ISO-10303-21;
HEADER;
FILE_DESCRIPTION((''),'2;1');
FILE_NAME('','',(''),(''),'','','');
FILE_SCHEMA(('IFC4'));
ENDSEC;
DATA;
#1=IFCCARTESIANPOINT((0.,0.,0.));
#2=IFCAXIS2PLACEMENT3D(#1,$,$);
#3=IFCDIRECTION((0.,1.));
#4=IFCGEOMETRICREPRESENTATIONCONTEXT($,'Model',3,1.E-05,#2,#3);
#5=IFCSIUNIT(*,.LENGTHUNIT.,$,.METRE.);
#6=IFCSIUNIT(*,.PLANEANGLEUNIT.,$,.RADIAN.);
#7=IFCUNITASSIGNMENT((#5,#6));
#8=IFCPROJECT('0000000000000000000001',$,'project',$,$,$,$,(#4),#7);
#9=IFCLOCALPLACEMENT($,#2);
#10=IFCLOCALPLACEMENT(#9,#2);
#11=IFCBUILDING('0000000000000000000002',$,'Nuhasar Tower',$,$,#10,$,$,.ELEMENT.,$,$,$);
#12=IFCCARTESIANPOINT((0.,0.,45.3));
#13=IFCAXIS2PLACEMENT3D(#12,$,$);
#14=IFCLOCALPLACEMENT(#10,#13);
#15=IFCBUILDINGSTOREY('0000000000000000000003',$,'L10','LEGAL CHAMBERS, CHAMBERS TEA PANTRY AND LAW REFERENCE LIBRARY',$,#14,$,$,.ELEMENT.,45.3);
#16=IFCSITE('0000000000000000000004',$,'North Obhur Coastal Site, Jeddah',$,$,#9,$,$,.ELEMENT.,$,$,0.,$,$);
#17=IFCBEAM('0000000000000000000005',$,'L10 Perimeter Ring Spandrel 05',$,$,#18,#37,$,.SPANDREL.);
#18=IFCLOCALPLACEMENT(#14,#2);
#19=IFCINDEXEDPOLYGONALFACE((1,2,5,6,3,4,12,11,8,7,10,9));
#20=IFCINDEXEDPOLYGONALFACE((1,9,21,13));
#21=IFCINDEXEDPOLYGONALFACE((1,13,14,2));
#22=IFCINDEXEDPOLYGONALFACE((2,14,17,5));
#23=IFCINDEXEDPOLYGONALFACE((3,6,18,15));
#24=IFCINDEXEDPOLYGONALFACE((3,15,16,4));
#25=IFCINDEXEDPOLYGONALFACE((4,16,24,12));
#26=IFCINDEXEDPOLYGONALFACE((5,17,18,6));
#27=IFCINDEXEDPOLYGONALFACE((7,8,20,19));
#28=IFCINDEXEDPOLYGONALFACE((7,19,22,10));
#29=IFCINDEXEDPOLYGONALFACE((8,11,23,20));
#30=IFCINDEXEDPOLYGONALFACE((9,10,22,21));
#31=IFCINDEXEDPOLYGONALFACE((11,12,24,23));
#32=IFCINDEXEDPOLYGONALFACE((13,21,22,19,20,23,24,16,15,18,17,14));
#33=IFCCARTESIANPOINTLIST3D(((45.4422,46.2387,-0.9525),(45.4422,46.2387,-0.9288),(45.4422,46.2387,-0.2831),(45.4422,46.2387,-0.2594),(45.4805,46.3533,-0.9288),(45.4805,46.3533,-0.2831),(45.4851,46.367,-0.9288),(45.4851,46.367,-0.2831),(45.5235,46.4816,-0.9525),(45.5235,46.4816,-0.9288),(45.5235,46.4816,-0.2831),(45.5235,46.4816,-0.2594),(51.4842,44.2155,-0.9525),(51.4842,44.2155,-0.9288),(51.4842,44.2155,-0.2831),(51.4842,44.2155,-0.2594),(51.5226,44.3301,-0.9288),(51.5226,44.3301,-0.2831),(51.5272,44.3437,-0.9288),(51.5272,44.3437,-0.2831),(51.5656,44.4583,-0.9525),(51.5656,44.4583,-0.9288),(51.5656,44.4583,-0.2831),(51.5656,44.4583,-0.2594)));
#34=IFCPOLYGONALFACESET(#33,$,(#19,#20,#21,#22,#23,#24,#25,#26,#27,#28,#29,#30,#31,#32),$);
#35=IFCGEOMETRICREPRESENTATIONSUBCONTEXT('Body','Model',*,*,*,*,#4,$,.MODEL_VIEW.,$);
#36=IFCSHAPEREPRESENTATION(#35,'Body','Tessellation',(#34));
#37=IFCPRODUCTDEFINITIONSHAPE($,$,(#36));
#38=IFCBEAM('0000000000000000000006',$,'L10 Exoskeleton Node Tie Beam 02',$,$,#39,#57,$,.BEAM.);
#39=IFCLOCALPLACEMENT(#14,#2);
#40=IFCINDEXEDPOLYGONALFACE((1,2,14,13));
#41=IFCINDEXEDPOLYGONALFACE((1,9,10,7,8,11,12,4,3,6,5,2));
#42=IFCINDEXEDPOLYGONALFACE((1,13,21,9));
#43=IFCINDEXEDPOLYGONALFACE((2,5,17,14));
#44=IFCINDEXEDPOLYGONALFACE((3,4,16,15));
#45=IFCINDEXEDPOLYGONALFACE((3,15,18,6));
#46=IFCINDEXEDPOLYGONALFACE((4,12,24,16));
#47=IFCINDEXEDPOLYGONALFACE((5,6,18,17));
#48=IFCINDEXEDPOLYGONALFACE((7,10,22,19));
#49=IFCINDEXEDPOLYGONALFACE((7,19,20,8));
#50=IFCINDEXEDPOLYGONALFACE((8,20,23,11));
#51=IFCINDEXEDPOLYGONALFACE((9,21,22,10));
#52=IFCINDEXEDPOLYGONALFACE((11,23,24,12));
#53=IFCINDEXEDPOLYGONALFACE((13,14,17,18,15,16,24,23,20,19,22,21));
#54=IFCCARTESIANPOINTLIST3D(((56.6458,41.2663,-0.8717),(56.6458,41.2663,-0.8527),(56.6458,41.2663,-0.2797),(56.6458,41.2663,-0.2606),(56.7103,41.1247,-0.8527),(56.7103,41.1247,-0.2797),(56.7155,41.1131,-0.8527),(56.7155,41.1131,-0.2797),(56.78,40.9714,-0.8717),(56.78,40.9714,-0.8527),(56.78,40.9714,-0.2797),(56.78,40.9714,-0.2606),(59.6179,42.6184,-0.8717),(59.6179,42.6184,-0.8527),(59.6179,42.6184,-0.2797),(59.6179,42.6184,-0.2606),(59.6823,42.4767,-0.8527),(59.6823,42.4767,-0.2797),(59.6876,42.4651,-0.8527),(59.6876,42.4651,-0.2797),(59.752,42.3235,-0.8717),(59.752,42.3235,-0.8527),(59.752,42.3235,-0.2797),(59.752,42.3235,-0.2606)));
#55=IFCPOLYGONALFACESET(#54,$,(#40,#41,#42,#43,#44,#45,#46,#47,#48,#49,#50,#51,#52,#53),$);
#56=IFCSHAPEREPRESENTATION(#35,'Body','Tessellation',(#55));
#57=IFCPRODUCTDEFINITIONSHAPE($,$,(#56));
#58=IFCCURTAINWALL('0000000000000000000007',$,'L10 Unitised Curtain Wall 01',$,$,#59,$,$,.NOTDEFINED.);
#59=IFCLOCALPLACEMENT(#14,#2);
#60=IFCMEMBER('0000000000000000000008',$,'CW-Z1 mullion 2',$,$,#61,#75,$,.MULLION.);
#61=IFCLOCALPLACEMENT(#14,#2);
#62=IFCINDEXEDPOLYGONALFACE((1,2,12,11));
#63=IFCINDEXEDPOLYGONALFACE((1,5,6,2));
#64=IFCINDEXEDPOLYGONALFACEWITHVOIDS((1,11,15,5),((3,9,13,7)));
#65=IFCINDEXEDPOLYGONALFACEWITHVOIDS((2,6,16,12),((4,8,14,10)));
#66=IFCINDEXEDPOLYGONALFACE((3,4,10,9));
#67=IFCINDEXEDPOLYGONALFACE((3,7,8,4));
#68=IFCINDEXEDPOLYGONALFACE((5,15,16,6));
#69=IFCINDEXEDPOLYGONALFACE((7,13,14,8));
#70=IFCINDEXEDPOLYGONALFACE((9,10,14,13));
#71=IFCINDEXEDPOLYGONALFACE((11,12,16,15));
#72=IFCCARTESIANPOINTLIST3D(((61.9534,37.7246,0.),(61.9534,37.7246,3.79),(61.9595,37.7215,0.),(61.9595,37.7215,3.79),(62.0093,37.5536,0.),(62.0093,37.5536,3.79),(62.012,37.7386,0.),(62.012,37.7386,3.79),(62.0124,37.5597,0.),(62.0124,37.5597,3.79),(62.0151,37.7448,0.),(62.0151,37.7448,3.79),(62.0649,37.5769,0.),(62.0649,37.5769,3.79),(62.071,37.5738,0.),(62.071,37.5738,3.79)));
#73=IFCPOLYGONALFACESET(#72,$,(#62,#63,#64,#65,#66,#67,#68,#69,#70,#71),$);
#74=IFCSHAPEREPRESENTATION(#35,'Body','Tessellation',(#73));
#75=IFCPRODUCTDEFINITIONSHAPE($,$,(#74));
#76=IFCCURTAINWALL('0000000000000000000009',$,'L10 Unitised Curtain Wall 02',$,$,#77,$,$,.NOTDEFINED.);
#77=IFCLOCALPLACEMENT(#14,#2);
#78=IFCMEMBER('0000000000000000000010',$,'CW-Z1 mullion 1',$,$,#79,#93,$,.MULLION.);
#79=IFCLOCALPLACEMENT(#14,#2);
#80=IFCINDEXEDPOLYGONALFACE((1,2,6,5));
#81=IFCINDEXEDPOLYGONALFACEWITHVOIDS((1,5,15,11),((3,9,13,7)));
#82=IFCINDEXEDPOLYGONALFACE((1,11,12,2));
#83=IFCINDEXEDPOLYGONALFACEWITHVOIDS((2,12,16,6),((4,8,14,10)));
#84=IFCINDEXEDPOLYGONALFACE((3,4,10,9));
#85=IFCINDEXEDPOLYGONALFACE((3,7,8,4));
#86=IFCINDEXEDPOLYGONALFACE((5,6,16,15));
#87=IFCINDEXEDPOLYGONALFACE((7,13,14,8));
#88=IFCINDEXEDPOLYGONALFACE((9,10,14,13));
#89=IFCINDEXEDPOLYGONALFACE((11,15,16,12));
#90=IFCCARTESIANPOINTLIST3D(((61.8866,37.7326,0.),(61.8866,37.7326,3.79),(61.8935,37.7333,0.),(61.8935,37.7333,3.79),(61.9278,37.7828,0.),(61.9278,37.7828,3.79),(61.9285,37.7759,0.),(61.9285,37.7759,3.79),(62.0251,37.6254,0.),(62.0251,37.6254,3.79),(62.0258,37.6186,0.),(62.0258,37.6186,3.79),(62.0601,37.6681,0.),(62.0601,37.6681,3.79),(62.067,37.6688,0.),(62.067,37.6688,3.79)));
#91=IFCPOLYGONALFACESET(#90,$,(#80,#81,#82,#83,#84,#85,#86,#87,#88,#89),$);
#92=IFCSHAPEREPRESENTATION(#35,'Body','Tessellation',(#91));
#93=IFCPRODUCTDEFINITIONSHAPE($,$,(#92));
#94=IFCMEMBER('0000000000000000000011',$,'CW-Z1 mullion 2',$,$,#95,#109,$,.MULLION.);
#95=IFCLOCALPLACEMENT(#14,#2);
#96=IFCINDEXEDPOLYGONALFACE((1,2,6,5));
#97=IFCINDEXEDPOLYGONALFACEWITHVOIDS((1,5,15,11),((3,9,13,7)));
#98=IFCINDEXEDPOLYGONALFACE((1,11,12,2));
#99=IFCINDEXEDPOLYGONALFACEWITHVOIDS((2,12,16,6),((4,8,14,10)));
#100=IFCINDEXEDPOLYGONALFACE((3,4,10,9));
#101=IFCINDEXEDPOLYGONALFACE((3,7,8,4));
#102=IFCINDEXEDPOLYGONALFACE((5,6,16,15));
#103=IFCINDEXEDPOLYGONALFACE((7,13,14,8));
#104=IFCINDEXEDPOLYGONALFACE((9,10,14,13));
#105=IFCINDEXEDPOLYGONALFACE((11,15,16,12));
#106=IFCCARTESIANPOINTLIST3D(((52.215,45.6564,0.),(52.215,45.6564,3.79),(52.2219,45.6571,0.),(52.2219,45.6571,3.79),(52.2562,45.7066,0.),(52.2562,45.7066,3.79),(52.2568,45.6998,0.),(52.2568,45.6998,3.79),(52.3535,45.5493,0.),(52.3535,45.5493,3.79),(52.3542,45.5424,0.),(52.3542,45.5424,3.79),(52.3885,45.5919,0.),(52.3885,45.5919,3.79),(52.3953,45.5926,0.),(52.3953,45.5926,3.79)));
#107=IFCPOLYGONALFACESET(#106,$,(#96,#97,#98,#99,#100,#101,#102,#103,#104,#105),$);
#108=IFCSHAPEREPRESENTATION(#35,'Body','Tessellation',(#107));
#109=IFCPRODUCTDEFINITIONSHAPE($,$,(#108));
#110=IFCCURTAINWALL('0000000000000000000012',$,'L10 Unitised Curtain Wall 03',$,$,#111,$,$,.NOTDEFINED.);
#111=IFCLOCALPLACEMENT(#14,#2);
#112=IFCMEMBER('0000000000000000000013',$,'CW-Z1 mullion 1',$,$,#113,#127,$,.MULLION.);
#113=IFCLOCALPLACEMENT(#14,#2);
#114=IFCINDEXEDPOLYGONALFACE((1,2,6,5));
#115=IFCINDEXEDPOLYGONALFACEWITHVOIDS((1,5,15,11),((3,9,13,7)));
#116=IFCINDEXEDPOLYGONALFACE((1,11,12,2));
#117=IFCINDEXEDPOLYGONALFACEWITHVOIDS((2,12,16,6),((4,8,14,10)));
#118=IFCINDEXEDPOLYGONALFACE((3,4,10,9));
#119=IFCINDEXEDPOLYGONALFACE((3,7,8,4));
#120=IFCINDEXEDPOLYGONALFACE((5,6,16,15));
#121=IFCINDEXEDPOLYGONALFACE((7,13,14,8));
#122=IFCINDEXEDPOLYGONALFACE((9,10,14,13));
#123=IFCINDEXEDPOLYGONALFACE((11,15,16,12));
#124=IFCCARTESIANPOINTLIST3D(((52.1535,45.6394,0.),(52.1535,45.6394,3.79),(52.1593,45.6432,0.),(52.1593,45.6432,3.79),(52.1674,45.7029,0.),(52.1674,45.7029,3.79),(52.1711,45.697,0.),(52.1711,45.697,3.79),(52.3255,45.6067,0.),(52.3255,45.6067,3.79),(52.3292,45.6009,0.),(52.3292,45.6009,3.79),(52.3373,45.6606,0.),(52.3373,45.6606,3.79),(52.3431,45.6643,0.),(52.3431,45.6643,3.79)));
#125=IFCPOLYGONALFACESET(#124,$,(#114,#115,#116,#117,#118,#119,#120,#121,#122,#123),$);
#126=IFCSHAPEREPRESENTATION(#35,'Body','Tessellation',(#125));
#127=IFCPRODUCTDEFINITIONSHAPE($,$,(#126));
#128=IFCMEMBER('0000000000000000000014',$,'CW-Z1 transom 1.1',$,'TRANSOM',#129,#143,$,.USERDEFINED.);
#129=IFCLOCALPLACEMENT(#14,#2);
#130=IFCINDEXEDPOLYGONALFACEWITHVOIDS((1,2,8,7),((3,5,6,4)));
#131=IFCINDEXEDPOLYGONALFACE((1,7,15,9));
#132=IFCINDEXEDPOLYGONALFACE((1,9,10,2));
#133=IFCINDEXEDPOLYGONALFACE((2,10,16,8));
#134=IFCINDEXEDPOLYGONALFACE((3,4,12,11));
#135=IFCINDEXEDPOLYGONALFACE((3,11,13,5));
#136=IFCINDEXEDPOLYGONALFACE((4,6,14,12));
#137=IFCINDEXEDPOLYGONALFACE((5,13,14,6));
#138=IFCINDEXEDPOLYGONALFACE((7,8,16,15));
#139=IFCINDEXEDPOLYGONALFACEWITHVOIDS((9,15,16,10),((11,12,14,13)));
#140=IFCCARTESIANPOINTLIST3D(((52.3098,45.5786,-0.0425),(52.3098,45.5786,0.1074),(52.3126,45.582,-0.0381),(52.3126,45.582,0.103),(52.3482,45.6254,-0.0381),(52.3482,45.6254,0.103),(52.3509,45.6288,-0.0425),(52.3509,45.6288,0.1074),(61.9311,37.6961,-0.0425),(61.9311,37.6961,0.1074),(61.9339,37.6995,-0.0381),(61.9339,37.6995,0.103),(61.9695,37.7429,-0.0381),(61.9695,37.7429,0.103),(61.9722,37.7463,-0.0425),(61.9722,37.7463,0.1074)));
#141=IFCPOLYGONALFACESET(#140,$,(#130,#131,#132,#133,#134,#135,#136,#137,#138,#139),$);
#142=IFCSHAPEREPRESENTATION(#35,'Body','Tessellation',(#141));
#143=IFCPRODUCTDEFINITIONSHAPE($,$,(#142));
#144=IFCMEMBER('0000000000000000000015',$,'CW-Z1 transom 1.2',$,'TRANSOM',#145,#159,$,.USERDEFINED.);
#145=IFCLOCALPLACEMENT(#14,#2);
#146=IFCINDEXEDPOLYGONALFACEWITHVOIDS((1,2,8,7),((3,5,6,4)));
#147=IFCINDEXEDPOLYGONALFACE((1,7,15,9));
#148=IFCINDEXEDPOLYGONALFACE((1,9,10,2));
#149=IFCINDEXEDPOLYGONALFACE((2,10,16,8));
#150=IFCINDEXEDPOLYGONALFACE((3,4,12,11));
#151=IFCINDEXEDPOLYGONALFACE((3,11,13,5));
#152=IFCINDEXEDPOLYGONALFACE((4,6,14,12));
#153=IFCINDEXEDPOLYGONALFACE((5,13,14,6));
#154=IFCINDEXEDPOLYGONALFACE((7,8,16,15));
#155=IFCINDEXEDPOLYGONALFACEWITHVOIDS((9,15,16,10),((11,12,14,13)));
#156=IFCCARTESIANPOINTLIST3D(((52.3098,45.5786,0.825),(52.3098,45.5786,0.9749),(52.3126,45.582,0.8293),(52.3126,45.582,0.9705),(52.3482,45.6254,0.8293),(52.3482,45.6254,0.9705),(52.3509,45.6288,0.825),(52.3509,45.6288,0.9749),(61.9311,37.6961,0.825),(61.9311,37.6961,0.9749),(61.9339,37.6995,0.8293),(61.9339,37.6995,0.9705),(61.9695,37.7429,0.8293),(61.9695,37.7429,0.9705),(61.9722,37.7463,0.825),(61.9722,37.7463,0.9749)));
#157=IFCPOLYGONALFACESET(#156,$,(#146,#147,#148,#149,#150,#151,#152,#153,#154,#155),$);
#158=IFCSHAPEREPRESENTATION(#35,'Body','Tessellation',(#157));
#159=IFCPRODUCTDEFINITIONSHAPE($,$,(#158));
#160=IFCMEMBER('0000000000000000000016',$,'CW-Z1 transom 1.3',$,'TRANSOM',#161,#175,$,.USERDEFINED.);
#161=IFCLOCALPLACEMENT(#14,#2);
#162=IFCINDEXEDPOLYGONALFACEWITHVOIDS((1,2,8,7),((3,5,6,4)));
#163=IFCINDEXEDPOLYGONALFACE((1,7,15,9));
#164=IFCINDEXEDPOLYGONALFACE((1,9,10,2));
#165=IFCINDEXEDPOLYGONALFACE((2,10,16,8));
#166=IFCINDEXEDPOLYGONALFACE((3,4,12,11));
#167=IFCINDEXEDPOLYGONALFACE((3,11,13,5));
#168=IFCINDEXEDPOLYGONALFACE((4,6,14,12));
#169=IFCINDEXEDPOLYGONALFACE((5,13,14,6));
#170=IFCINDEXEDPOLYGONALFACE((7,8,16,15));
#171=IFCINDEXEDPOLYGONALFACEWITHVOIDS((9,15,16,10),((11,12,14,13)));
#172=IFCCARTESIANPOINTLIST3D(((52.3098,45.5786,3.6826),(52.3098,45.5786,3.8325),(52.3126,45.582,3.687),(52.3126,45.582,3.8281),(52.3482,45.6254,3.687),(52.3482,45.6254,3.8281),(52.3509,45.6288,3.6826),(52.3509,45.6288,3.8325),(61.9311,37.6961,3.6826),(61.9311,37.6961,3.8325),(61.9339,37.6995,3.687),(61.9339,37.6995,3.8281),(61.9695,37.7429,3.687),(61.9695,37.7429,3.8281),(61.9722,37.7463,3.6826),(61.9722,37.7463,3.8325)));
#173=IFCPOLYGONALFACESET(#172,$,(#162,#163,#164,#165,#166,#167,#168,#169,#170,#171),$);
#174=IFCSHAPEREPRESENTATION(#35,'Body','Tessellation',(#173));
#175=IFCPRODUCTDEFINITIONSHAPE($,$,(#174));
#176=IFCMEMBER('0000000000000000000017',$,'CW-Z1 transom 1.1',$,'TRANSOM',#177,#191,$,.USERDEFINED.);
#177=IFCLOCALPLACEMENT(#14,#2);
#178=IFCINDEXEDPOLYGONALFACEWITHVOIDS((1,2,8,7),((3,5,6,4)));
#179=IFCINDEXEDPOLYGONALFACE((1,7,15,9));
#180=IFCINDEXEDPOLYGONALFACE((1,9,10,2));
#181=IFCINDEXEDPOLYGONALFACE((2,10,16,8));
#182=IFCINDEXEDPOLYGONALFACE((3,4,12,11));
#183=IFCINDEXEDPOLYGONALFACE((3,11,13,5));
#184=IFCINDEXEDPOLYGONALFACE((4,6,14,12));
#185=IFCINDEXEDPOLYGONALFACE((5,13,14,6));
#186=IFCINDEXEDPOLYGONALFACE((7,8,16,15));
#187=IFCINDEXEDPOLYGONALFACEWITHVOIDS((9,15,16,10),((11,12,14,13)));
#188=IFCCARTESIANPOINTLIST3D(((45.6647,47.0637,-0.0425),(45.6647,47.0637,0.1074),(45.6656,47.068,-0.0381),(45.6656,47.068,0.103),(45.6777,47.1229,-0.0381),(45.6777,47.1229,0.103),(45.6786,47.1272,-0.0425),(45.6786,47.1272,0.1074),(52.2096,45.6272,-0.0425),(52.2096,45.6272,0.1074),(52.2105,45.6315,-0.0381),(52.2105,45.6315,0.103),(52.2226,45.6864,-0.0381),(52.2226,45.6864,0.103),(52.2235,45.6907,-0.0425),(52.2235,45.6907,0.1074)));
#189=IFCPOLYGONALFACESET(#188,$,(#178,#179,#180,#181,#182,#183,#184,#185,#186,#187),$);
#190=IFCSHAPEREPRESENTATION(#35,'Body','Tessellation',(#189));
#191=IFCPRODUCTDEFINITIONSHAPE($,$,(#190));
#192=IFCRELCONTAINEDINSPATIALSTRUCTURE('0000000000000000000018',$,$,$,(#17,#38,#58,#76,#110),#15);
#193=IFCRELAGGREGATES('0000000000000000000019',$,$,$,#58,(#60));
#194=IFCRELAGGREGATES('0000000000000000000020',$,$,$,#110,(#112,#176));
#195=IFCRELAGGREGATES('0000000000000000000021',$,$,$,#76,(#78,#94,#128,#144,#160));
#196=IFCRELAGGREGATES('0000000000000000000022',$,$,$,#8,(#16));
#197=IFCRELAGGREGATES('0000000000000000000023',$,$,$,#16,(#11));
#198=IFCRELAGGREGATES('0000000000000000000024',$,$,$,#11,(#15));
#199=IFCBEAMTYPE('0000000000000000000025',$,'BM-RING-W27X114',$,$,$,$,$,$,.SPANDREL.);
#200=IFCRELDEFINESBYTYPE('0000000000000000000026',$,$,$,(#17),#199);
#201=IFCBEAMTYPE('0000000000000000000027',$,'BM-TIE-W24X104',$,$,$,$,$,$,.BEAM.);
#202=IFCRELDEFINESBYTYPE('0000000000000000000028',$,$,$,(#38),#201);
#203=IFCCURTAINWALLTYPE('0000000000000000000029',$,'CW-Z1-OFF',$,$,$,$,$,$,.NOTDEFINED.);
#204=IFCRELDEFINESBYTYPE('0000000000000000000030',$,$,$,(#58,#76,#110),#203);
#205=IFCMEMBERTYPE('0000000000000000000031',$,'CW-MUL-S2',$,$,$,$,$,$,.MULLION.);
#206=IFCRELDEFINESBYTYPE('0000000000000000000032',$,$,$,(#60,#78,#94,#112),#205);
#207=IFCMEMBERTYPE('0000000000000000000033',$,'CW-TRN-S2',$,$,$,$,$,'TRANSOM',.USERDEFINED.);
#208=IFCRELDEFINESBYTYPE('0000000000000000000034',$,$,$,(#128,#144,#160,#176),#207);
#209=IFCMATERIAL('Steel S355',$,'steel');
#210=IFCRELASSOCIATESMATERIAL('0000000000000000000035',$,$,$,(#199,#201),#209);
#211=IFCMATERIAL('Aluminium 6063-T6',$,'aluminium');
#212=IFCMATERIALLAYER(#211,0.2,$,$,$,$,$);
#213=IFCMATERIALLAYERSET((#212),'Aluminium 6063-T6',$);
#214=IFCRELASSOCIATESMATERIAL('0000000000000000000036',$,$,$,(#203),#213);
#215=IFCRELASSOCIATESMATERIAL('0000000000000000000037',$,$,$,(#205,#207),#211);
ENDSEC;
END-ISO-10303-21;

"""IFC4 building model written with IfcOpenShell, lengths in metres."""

from ifc_helpers import new_model, si_unit, direction, frame, origin, origin_2d, place, context, subcontext, project, spatial, hollow_rectangle, i_section, extrude, material, layer, layer_set, material_profile, profile_set, type_object, element, aggregate, save


model = new_model("IFC4")

# Units and contexts
model_context = context("Model", 3, precision=1e-05, world=origin(), true_north=direction((0.0, 1.0)))
body_context = subcontext(model_context, "Body", "Model", "MODEL_VIEW")
ifc_project = project(units=[si_unit("LENGTHUNIT", "METRE"), si_unit("PLANEANGLEUNIT", "RADIAN")], contexts=[model_context])

# Site, building, storey
site_placement = place(None, origin())
site = spatial("IfcSite", under=ifc_project, at=site_placement, Name="North Obhur Coastal Site, Jeddah", CompositionType="ELEMENT", RefElevation=0.0)
building_placement = place(site_placement, origin())
building = spatial("IfcBuilding", under=site, at=building_placement, Name="Nuhasar Tower", CompositionType="ELEMENT")
storey_placement = place(building_placement, frame((0.0, 0.0, 45.3)))
storey = spatial("IfcBuildingStorey", under=building, at=storey_placement, Name="L10", Description="LEGAL CHAMBERS, CHAMBERS TEA PANTRY AND LAW REFERENCE LIBRARY", CompositionType="ELEMENT", Elevation=45.3)

# Beams
ifc_material_1 = material(Name="Steel S355", Category="steel")
ifc_material_profile_1 = material_profile(ifc_material_1, i_section(OverallWidth=0.2561, OverallDepth=0.6931, WebThickness=0.0144, FlangeThickness=0.0237, at=origin_2d()), Name="W27X114")
ifc_profile_set_1 = profile_set([ifc_material_profile_1], Name="Steel S355")
beam_type_1 = type_object("IfcBeamType", Name="BM-RING-W27X114", PredefinedType="SPANDREL", material=ifc_profile_set_1)
beam_1_placement = place(storey_placement, frame((51.5249, 44.3369, -0.606), z_axis=(-0.948249, 0.317526, 0.0), x_axis=(-0.317526, -0.948249, 0.0)))
element("IfcBeam", 1, at=beam_1_placement, inside=storey, type_object=beam_type_1, Name="L10 Perimeter Ring Spandrel 05", PredefinedType="SPANDREL", context=body_context, shape_type="SweptSolid", body=[
    extrude(i_section(OverallWidth=0.2561, OverallDepth=0.6931, WebThickness=0.0144, FlangeThickness=0.0237, at=origin_2d()), origin(), (0.0, 0.0, 1.0), 6.3718),
])
ifc_material_profile_2 = material_profile(ifc_material_1, i_section(OverallWidth=0.324, OverallDepth=0.6111, WebThickness=0.0127, FlangeThickness=0.019, at=origin_2d()), Name="W24X104")
ifc_profile_set_2 = profile_set([ifc_material_profile_2], Name="Steel S355")
beam_type_2 = type_object("IfcBeamType", Name="BM-TIE-W24X104", PredefinedType="BEAM", material=ifc_profile_set_2)
beam_2_placement = place(storey_placement, frame((56.7129, 41.1189, -0.5662), z_axis=(0.910244, 0.414073, 0.0), x_axis=(-0.414073, 0.910244, 0.0)))
element("IfcBeam", 2, at=beam_2_placement, inside=storey, type_object=beam_type_2, Name="L10 Exoskeleton Node Tie Beam 02", PredefinedType="BEAM", context=body_context, shape_type="SweptSolid", body=[
    extrude(i_section(OverallWidth=0.324, OverallDepth=0.6111, WebThickness=0.0127, FlangeThickness=0.019, at=origin_2d()), origin(), (0.0, 0.0, 1.0), 3.2651),
])

# Curtain wall, member
ifc_material_2 = material(Name="Aluminium 6063-T6", Category="aluminium")
ifc_layer_1 = layer(ifc_material_2, 0.2)
ifc_layer_set_1 = layer_set([ifc_layer_1], Name="Aluminium 6063-T6")
curtain_wall_type = type_object("IfcCurtainWallType", Name="CW-Z1-OFF", PredefinedType="NOTDEFINED", material=ifc_layer_set_1)
curtain_wall_1_placement = place(storey_placement, origin())
curtain_wall_1 = element("IfcCurtainWall", 3, at=curtain_wall_1_placement, inside=storey, type_object=curtain_wall_type, Name="L10 Unitised Curtain Wall 01", PredefinedType="NOTDEFINED")
ifc_material_profile_3 = material_profile(ifc_material_2, hollow_rectangle(XDim=0.0649, YDim=0.1799, WallThickness=0.0049, at=origin_2d()), Name="CWM-2")
ifc_profile_set_3 = profile_set([ifc_material_profile_3], Name="Aluminium 6063-T6")
member_type_1 = type_object("IfcMemberType", Name="CW-MUL-S2", PredefinedType="MULLION", material=ifc_profile_set_3)
member_1_placement = place(storey_placement, frame((62.0122, 37.6492, 0.0), z_axis=(0.0, 0.0, 1.0), x_axis=(-0.950468, -0.310824, 0.0)))
member_1 = element("IfcMember", 4, at=member_1_placement, type_object=member_type_1, Name="CW-Z1 mullion 2", PredefinedType="MULLION", context=body_context, shape_type="SweptSolid", body=[
    extrude(hollow_rectangle(XDim=0.0649, YDim=0.1799, WallThickness=0.0049, at=origin_2d()), origin(), (0.0, 0.0, 1.0), 3.79),
])
aggregate(curtain_wall_1, [member_1])

# Curtain wall, members
curtain_wall_2_placement = place(storey_placement, origin())
curtain_wall_2 = element("IfcCurtainWall", 5, at=curtain_wall_2_placement, inside=storey, type_object=curtain_wall_type, Name="L10 Unitised Curtain Wall 02", PredefinedType="NOTDEFINED")
member_2_placement = place(storey_placement, frame((61.9768, 37.7007, 0.0), z_axis=(0.0, 0.0, 1.0), x_axis=(-0.633745, -0.773542, 0.0)))
member_2 = element("IfcMember", 6, at=member_2_placement, type_object=member_type_1, Name="CW-Z1 mullion 1", PredefinedType="MULLION", context=body_context, shape_type="SweptSolid", body=[
    extrude(hollow_rectangle(XDim=0.0649, YDim=0.1799, WallThickness=0.0049, at=origin_2d()), origin(), (0.0, 0.0, 1.0), 3.79),
])
member_3_placement = place(storey_placement, frame((52.3052, 45.6245, 0.0), z_axis=(0.0, 0.0, 1.0), x_axis=(-0.633745, -0.773542, 0.0)))
member_3 = element("IfcMember", 7, at=member_3_placement, type_object=member_type_1, Name="CW-Z1 mullion 2", PredefinedType="MULLION", context=body_context, shape_type="SweptSolid", body=[
    extrude(hollow_rectangle(XDim=0.0649, YDim=0.1799, WallThickness=0.0049, at=origin_2d()), origin(), (0.0, 0.0, 1.0), 3.79),
])

# Curtain wall, member
curtain_wall_3_placement = place(storey_placement, origin())
curtain_wall_3 = element("IfcCurtainWall", 8, at=curtain_wall_3_placement, inside=storey, type_object=curtain_wall_type, Name="L10 Unitised Curtain Wall 03", PredefinedType="NOTDEFINED")
member_4_placement = place(storey_placement, frame((52.2483, 45.6519, 0.0), z_axis=(0.0, 0.0, 1.0), x_axis=(-0.214399, -0.976746, 0.0)))
member_4 = element("IfcMember", 9, at=member_4_placement, type_object=member_type_1, Name="CW-Z1 mullion 1", PredefinedType="MULLION", context=body_context, shape_type="SweptSolid", body=[
    extrude(hollow_rectangle(XDim=0.0649, YDim=0.1799, WallThickness=0.0049, at=origin_2d()), origin(), (0.0, 0.0, 1.0), 3.79),
])

# Members
ifc_material_profile_4 = material_profile(ifc_material_2, hollow_rectangle(XDim=0.0649, YDim=0.1499, WallThickness=0.0044, at=origin_2d()), Name="CWT-2")
ifc_profile_set_4 = profile_set([ifc_material_profile_4], Name="Aluminium 6063-T6")
member_type_2 = type_object("IfcMemberType", Name="CW-TRN-S2", ElementType="TRANSOM", PredefinedType="USERDEFINED", material=ifc_profile_set_4)
member_5_placement = place(storey_placement, frame((61.9517, 37.7212, 0.0325), z_axis=(-0.773541, 0.633746, 0.0), x_axis=(-0.633746, -0.773541, 0.0)))
member_5 = element("IfcMember", 10, at=member_5_placement, type_object=member_type_2, Name="CW-Z1 transom 1.1", ObjectType="TRANSOM", PredefinedType="USERDEFINED", context=body_context, shape_type="SweptSolid", body=[
    extrude(hollow_rectangle(XDim=0.0649, YDim=0.1499, WallThickness=0.0044, at=origin_2d()), origin(), (0.0, 0.0, 1.0), 12.438),
])
member_6_placement = place(storey_placement, frame((61.9517, 37.7212, 0.8999), z_axis=(-0.773541, 0.633746, 0.0), x_axis=(-0.633746, -0.773541, 0.0)))
member_6 = element("IfcMember", 11, at=member_6_placement, type_object=member_type_2, Name="CW-Z1 transom 1.2", ObjectType="TRANSOM", PredefinedType="USERDEFINED", context=body_context, shape_type="SweptSolid", body=[
    extrude(hollow_rectangle(XDim=0.0649, YDim=0.1499, WallThickness=0.0044, at=origin_2d()), origin(), (0.0, 0.0, 1.0), 12.438),
])
member_7_placement = place(storey_placement, frame((61.9517, 37.7212, 3.7576), z_axis=(-0.773541, 0.633746, 0.0), x_axis=(-0.633746, -0.773541, 0.0)))
member_7 = element("IfcMember", 12, at=member_7_placement, type_object=member_type_2, Name="CW-Z1 transom 1.3", ObjectType="TRANSOM", PredefinedType="USERDEFINED", context=body_context, shape_type="SweptSolid", body=[
    extrude(hollow_rectangle(XDim=0.0649, YDim=0.1499, WallThickness=0.0044, at=origin_2d()), origin(), (0.0, 0.0, 1.0), 12.438),
])
member_8_placement = place(storey_placement, frame((52.2166, 45.6589, 0.0325), z_axis=(-0.97675, 0.214384, 0.0), x_axis=(-0.214384, -0.97675, 0.0)))
member_8 = element("IfcMember", 13, at=member_8_placement, type_object=member_type_2, Name="CW-Z1 transom 1.1", ObjectType="TRANSOM", PredefinedType="USERDEFINED", context=body_context, shape_type="SweptSolid", body=[
    extrude(hollow_rectangle(XDim=0.0649, YDim=0.1499, WallThickness=0.0044, at=origin_2d()), origin(), (0.0, 0.0, 1.0), 6.7007),
])
aggregate(curtain_wall_3, [member_4, member_8])

aggregate(curtain_wall_2, [member_2, member_3, member_5, member_6, member_7])

save(model, "model.ifc")
